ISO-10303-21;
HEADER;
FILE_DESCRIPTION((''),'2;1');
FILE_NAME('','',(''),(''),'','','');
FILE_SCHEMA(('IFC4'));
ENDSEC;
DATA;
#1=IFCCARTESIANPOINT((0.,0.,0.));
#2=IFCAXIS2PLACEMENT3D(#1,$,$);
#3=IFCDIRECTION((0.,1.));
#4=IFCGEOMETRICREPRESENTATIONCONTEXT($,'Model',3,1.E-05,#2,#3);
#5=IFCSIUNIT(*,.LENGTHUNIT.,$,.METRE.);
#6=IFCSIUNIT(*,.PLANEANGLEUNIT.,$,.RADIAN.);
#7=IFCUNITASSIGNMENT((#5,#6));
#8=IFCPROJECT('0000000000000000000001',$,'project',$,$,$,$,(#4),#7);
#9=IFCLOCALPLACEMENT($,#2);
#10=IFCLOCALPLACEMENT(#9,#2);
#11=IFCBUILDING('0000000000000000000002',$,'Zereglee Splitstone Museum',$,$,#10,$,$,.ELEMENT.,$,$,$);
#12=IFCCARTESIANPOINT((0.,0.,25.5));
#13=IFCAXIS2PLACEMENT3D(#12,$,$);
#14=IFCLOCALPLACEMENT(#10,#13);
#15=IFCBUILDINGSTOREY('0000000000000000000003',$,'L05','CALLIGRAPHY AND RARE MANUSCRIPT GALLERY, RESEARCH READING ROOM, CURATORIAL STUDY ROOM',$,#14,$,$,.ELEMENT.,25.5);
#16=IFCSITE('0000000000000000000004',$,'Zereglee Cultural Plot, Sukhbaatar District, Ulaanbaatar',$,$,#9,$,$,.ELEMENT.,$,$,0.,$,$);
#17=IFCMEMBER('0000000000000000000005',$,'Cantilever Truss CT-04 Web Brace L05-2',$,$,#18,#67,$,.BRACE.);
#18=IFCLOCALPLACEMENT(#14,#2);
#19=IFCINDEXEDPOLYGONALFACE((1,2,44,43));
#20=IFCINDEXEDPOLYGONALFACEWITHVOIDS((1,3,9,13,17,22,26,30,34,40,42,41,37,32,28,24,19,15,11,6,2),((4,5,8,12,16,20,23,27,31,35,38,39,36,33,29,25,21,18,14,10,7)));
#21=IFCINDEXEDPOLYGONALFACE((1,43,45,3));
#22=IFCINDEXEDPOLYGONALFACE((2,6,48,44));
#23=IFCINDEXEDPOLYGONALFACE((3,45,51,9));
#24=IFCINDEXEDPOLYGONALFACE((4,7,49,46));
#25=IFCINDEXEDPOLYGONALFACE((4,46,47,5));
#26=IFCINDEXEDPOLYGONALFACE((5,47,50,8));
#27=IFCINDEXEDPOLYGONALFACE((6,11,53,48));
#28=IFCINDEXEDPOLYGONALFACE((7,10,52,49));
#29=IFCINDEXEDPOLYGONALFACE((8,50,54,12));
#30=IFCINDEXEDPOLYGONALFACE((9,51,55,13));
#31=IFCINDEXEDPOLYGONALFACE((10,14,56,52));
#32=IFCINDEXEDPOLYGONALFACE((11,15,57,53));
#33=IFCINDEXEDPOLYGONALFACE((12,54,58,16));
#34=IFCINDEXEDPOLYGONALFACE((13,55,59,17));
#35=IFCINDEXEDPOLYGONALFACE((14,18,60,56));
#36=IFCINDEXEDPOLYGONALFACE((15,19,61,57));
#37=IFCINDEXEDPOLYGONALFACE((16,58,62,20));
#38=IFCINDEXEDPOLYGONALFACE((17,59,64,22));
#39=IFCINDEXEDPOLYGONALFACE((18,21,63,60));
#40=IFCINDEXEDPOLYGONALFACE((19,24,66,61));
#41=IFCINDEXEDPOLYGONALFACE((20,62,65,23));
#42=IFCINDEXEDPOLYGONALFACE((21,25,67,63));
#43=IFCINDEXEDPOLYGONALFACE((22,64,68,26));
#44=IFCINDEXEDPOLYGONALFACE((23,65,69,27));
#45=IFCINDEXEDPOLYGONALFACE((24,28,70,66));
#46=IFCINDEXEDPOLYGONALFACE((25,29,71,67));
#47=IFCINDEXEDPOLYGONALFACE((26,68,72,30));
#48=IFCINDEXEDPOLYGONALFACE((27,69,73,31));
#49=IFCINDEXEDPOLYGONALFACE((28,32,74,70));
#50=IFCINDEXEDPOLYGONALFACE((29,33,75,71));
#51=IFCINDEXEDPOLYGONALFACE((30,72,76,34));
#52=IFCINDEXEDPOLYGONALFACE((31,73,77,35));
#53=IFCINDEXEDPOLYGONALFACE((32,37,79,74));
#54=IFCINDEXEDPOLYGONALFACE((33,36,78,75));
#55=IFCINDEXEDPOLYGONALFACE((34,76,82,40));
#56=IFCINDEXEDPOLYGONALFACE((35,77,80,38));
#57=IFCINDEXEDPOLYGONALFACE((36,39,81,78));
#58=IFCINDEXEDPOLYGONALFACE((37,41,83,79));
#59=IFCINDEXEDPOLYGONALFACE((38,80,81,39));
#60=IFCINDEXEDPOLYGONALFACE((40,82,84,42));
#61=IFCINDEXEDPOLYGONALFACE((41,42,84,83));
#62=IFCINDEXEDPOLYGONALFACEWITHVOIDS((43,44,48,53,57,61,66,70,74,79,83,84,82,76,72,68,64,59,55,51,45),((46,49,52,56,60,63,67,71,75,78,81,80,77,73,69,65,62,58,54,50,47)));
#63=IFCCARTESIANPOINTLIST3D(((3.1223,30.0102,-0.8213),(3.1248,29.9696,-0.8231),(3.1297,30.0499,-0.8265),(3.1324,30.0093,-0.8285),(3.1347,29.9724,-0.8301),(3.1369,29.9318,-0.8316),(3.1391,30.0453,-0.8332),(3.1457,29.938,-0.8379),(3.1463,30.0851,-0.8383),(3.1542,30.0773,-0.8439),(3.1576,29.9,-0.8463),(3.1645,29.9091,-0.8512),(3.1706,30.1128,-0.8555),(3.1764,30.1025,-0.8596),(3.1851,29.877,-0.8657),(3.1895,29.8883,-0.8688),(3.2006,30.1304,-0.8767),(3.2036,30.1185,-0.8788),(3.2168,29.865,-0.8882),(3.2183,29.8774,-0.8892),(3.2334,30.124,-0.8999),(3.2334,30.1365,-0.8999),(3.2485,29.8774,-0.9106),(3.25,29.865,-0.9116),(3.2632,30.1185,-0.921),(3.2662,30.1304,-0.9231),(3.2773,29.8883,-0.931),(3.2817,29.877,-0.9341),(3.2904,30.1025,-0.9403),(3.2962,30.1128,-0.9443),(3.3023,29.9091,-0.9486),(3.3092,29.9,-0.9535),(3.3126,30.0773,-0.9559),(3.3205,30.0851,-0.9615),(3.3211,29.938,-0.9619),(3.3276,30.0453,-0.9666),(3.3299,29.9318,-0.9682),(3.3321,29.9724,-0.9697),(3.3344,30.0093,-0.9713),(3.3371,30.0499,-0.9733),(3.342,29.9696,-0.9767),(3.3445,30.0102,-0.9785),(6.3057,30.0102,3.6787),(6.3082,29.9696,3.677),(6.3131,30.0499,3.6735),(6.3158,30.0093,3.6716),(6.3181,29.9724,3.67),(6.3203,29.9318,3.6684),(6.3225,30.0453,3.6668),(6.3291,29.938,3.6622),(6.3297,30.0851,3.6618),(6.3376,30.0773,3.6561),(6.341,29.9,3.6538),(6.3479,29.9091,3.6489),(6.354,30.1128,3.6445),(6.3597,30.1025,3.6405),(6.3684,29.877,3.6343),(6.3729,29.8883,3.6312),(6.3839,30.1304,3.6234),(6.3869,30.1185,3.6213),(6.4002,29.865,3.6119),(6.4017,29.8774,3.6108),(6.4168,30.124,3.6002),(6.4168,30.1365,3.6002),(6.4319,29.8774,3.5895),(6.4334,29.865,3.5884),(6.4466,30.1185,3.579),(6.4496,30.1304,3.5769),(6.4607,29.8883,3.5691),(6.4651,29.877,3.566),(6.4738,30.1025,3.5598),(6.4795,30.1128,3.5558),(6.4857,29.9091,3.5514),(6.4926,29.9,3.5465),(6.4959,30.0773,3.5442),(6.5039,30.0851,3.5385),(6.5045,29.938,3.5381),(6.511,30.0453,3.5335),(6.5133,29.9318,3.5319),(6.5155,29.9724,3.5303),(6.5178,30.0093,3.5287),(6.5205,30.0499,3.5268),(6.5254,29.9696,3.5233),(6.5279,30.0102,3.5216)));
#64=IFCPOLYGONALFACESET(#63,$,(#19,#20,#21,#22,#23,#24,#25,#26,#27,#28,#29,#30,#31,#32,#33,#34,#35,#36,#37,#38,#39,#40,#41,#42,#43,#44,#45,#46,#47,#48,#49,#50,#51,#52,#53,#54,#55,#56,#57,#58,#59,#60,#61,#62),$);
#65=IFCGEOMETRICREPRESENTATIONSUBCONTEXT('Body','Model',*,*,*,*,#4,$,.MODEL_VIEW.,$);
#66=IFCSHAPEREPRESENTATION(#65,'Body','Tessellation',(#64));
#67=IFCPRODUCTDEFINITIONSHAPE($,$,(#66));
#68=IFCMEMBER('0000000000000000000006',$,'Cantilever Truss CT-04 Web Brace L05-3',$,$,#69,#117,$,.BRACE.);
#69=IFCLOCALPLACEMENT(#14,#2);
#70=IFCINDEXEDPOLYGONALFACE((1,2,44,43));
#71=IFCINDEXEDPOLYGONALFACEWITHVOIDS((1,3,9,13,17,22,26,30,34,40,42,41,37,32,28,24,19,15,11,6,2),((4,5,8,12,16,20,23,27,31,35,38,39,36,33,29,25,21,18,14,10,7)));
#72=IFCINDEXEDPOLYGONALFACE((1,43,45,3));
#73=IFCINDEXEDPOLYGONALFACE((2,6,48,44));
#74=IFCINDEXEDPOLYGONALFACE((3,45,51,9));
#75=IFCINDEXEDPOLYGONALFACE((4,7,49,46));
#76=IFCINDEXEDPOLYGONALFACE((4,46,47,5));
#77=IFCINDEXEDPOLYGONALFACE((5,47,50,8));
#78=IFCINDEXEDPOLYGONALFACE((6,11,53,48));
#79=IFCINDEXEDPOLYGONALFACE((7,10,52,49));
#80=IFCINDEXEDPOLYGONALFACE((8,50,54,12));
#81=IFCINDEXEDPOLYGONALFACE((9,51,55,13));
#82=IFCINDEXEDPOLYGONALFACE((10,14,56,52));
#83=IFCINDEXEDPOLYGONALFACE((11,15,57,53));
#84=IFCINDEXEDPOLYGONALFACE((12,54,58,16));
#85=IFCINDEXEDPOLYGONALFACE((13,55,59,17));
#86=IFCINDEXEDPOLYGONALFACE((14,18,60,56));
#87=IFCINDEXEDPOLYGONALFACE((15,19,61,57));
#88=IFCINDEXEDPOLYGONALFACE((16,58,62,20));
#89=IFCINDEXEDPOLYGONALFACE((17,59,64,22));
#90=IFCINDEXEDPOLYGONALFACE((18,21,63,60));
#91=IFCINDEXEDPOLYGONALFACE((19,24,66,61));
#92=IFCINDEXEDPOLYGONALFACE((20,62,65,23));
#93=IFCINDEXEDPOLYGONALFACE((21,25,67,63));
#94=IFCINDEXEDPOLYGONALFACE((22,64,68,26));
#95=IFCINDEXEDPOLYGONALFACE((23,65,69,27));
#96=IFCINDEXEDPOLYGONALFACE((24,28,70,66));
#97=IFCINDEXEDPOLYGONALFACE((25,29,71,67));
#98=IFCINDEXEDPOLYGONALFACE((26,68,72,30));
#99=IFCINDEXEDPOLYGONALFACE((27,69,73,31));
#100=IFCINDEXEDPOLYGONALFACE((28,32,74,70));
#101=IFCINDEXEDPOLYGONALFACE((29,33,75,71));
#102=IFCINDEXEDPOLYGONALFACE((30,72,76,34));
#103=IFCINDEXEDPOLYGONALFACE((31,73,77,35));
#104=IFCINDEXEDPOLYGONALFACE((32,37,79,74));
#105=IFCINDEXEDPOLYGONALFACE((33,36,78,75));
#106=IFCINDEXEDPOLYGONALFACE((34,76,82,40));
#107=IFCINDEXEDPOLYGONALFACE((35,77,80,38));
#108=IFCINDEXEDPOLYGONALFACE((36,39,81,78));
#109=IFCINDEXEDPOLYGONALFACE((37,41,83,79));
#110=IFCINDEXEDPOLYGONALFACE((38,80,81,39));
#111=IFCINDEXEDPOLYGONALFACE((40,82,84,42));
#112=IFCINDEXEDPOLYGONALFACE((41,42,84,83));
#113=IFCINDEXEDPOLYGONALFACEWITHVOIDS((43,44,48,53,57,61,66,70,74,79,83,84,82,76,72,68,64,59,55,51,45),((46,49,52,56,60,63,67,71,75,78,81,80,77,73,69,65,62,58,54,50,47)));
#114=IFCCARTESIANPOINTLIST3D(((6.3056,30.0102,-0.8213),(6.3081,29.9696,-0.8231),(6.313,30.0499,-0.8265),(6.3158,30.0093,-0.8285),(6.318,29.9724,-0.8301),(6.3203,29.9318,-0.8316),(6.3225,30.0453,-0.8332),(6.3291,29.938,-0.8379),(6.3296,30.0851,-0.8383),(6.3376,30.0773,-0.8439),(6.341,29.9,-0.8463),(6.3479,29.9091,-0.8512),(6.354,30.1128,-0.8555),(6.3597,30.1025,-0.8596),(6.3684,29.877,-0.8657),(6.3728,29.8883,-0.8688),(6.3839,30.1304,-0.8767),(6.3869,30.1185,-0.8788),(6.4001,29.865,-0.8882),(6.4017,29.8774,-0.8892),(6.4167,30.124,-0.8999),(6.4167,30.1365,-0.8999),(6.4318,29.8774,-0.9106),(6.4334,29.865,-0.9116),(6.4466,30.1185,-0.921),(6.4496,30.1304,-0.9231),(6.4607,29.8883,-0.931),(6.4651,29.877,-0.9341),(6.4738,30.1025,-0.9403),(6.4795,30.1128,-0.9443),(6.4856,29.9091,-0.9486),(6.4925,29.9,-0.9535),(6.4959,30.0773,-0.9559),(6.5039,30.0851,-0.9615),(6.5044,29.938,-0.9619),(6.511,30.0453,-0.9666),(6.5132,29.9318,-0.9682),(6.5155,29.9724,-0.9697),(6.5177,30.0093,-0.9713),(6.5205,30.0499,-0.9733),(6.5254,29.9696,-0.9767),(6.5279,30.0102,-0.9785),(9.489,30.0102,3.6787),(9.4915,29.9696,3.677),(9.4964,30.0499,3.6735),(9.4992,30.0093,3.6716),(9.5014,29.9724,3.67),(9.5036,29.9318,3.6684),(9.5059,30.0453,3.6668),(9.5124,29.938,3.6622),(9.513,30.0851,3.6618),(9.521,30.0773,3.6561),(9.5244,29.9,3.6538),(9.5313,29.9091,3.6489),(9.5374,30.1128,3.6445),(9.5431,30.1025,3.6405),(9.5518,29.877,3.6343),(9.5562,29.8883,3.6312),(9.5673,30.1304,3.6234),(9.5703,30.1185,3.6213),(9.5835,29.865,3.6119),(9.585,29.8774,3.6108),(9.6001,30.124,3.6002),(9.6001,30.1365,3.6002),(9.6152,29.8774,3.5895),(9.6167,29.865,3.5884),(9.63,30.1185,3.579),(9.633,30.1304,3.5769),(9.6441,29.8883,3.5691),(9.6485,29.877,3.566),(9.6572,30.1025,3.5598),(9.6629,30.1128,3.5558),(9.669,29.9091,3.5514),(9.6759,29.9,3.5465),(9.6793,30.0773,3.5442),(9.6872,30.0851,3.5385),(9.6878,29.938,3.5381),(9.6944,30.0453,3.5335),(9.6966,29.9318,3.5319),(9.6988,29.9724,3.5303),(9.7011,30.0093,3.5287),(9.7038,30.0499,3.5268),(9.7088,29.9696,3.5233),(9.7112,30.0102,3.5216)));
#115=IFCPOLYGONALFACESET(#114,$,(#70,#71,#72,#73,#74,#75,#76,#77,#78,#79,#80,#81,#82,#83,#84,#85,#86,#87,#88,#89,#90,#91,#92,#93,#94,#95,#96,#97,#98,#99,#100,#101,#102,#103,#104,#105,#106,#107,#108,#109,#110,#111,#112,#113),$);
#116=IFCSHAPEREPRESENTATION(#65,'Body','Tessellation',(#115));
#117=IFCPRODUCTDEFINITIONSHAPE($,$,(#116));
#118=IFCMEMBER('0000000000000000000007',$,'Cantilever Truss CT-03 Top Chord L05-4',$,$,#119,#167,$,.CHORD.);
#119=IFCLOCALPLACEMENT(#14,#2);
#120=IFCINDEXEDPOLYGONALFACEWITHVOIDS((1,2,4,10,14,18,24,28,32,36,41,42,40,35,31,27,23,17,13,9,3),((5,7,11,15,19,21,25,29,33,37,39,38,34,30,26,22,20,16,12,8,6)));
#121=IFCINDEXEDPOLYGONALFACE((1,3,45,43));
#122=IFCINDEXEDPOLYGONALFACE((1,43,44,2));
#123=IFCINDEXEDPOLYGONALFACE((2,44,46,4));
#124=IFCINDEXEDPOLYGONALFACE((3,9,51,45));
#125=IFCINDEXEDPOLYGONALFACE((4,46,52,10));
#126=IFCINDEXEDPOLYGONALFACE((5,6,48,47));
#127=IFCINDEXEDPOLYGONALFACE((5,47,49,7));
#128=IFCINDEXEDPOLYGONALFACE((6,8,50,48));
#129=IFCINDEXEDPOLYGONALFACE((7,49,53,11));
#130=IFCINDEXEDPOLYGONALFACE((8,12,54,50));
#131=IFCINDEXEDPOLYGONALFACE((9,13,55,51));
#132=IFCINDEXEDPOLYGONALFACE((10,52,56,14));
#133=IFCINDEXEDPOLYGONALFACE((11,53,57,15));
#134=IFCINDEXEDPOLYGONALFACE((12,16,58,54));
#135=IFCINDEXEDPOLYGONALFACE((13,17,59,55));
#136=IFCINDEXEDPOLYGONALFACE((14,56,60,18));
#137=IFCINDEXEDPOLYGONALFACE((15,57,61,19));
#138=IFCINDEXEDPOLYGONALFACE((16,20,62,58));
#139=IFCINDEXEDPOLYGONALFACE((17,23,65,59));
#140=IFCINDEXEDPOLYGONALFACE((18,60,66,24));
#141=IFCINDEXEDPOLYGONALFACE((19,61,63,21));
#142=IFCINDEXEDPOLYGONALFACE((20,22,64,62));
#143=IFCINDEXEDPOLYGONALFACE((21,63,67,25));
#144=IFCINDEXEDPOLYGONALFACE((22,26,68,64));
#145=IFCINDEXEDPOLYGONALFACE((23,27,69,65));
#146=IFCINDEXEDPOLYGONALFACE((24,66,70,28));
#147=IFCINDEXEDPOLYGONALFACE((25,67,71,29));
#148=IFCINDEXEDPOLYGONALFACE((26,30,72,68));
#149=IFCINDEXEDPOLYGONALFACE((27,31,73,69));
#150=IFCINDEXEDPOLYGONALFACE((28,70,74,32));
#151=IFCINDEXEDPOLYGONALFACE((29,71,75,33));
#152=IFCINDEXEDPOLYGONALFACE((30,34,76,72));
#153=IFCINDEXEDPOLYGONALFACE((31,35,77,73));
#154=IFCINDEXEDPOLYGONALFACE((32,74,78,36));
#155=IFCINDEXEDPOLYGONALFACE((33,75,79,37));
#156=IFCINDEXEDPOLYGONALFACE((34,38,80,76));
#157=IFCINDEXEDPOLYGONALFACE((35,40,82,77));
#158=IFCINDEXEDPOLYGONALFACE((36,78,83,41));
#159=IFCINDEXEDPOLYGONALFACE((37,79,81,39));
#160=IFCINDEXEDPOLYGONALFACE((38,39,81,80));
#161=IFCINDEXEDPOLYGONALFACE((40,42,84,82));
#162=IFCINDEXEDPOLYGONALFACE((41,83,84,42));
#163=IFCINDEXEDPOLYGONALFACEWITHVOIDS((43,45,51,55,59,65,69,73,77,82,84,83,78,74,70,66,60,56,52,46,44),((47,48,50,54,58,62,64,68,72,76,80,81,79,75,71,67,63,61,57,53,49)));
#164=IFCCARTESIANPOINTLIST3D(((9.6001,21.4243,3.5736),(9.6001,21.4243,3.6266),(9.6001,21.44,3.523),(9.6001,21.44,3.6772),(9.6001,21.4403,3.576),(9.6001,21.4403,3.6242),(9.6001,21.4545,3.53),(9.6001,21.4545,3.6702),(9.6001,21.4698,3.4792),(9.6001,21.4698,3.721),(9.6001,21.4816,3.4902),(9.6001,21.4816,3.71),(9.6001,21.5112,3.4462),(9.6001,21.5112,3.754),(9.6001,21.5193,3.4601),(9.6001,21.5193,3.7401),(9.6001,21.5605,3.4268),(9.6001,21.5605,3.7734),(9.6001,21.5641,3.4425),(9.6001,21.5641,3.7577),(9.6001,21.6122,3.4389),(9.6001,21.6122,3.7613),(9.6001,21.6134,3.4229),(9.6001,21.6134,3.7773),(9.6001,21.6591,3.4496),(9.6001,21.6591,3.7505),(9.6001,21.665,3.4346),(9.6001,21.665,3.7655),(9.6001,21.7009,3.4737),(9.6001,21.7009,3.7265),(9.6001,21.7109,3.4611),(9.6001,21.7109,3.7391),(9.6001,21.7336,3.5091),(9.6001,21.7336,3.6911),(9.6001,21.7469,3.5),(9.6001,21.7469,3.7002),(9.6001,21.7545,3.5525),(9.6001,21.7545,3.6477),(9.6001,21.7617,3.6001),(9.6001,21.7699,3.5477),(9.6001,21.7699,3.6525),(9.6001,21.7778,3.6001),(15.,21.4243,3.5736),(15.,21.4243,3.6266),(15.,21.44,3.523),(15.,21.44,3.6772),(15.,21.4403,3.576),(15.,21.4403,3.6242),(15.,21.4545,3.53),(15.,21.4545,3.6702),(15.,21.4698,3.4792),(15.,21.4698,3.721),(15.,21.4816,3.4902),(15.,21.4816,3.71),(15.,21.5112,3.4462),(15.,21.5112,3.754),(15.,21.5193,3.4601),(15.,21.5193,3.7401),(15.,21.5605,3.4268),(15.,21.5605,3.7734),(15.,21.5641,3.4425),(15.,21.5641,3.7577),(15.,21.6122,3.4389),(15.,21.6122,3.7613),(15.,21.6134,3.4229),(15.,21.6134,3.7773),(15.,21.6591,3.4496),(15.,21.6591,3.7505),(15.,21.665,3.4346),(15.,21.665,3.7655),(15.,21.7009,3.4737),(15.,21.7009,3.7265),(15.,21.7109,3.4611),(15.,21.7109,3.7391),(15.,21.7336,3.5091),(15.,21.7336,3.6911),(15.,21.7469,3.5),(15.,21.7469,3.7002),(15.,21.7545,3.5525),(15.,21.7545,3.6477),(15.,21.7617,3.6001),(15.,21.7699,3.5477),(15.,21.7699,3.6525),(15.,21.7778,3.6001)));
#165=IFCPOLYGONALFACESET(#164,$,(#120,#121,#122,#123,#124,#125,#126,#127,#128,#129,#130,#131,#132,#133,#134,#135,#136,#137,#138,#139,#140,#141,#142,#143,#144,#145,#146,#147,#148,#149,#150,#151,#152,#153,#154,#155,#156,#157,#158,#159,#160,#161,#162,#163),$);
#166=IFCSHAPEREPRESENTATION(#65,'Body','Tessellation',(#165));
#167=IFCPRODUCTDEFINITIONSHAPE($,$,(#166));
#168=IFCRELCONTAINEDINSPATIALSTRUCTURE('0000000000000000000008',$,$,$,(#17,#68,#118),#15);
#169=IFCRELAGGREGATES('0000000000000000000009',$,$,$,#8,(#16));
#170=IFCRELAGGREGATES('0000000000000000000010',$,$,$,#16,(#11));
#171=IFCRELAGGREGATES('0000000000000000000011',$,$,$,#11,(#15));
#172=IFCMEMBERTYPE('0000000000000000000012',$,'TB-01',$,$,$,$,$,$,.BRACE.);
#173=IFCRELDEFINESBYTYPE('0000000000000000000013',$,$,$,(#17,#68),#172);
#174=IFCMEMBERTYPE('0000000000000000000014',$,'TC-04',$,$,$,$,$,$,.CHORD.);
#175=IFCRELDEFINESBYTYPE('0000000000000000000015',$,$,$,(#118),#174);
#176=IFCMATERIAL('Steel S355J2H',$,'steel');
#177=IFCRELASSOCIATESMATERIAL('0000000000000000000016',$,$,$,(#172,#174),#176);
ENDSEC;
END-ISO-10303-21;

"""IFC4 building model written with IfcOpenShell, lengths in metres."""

from ifc_helpers import new_model, si_unit, direction, frame, origin, origin_2d, place, context, subcontext, project, spatial, hollow_circle, extrude, material, material_profile, profile_set, type_object, element, save


model = new_model("IFC4")

# Units and contexts
model_context = context("Model", 3, precision=1e-05, world=origin(), true_north=direction((0.0, 1.0)))
body_context = subcontext(model_context, "Body", "Model", "MODEL_VIEW")
ifc_project = project(units=[si_unit("LENGTHUNIT", "METRE"), si_unit("PLANEANGLEUNIT", "RADIAN")], contexts=[model_context])

# Site, building, storey
site_placement = place(None, origin())
site = spatial("IfcSite", under=ifc_project, at=site_placement, Name="Zereglee Cultural Plot, Sukhbaatar District, Ulaanbaatar", CompositionType="ELEMENT", RefElevation=0.0)
building_placement = place(site_placement, origin())
building = spatial("IfcBuilding", under=site, at=building_placement, Name="Zereglee Splitstone Museum", CompositionType="ELEMENT")
storey_placement = place(building_placement, frame((0.0, 0.0, 25.5)))
storey = spatial("IfcBuildingStorey", under=building, at=storey_placement, Name="L05", Description="CALLIGRAPHY AND RARE MANUSCRIPT GALLERY, RESEARCH READING ROOM, CURATORIAL STUDY ROOM", CompositionType="ELEMENT", Elevation=25.5)

# Members
ifc_material_1 = material(Name="Steel S355J2H", Category="steel")
ifc_material_profile_1 = material_profile(ifc_material_1, hollow_circle(Radius=0.1365, WallThickness=0.0125, at=origin_2d()), Name="CHS 273.0x12.5")
ifc_profile_set_1 = profile_set([ifc_material_profile_1], Name="Steel S355J2H")
member_type_1 = type_object("IfcMemberType", Name="TB-01", PredefinedType="BRACE", material=ifc_profile_set_1)
for number, where, z_axis, x_axis, name in (
    (1, (3.2334, 30.0, -0.8999), (0.577516, 0.0, 0.816379), (0.0, 1.0, 0.0), "Cantilever Truss CT-04 Web Brace L05-2"),
    (2, (6.4167, 30.0, -0.8999), (0.577516, 0.0, 0.816379), (0.0, 1.0, 0.0), "Cantilever Truss CT-04 Web Brace L05-3"),
):
    element("IfcMember", number, at=place(storey_placement, frame(where, z_axis=z_axis, x_axis=x_axis)), inside=storey, type_object=member_type_1, Name=name, PredefinedType="BRACE", context=body_context, shape_type="SweptSolid", body=[
        extrude(hollow_circle(Radius=0.1365, WallThickness=0.0125, at=origin_2d()), origin(), (0.0, 0.0, 1.0), 5.5122),
    ])
ifc_material_profile_2 = material_profile(ifc_material_1, hollow_circle(Radius=0.1777, WallThickness=0.0161, at=origin_2d()), Name="CHS 355.6x16")
ifc_profile_set_2 = profile_set([ifc_material_profile_2], Name="Steel S355J2H")
member_type_2 = type_object("IfcMemberType", Name="TC-04", PredefinedType="CHORD", material=ifc_profile_set_2)
member_1_placement = place(storey_placement, frame((9.6001, 21.6001, 3.6001), z_axis=(1.0, 0.0, 0.0), x_axis=(0.0, 1.0, 0.0)))
element("IfcMember", 3, at=member_1_placement, inside=storey, type_object=member_type_2, Name="Cantilever Truss CT-03 Top Chord L05-4", PredefinedType="CHORD", context=body_context, shape_type="SweptSolid", body=[
    extrude(hollow_circle(Radius=0.1777, WallThickness=0.0161, at=origin_2d()), origin(), (0.0, 0.0, 1.0), 5.3999),
])

save(model, "model.ifc")
